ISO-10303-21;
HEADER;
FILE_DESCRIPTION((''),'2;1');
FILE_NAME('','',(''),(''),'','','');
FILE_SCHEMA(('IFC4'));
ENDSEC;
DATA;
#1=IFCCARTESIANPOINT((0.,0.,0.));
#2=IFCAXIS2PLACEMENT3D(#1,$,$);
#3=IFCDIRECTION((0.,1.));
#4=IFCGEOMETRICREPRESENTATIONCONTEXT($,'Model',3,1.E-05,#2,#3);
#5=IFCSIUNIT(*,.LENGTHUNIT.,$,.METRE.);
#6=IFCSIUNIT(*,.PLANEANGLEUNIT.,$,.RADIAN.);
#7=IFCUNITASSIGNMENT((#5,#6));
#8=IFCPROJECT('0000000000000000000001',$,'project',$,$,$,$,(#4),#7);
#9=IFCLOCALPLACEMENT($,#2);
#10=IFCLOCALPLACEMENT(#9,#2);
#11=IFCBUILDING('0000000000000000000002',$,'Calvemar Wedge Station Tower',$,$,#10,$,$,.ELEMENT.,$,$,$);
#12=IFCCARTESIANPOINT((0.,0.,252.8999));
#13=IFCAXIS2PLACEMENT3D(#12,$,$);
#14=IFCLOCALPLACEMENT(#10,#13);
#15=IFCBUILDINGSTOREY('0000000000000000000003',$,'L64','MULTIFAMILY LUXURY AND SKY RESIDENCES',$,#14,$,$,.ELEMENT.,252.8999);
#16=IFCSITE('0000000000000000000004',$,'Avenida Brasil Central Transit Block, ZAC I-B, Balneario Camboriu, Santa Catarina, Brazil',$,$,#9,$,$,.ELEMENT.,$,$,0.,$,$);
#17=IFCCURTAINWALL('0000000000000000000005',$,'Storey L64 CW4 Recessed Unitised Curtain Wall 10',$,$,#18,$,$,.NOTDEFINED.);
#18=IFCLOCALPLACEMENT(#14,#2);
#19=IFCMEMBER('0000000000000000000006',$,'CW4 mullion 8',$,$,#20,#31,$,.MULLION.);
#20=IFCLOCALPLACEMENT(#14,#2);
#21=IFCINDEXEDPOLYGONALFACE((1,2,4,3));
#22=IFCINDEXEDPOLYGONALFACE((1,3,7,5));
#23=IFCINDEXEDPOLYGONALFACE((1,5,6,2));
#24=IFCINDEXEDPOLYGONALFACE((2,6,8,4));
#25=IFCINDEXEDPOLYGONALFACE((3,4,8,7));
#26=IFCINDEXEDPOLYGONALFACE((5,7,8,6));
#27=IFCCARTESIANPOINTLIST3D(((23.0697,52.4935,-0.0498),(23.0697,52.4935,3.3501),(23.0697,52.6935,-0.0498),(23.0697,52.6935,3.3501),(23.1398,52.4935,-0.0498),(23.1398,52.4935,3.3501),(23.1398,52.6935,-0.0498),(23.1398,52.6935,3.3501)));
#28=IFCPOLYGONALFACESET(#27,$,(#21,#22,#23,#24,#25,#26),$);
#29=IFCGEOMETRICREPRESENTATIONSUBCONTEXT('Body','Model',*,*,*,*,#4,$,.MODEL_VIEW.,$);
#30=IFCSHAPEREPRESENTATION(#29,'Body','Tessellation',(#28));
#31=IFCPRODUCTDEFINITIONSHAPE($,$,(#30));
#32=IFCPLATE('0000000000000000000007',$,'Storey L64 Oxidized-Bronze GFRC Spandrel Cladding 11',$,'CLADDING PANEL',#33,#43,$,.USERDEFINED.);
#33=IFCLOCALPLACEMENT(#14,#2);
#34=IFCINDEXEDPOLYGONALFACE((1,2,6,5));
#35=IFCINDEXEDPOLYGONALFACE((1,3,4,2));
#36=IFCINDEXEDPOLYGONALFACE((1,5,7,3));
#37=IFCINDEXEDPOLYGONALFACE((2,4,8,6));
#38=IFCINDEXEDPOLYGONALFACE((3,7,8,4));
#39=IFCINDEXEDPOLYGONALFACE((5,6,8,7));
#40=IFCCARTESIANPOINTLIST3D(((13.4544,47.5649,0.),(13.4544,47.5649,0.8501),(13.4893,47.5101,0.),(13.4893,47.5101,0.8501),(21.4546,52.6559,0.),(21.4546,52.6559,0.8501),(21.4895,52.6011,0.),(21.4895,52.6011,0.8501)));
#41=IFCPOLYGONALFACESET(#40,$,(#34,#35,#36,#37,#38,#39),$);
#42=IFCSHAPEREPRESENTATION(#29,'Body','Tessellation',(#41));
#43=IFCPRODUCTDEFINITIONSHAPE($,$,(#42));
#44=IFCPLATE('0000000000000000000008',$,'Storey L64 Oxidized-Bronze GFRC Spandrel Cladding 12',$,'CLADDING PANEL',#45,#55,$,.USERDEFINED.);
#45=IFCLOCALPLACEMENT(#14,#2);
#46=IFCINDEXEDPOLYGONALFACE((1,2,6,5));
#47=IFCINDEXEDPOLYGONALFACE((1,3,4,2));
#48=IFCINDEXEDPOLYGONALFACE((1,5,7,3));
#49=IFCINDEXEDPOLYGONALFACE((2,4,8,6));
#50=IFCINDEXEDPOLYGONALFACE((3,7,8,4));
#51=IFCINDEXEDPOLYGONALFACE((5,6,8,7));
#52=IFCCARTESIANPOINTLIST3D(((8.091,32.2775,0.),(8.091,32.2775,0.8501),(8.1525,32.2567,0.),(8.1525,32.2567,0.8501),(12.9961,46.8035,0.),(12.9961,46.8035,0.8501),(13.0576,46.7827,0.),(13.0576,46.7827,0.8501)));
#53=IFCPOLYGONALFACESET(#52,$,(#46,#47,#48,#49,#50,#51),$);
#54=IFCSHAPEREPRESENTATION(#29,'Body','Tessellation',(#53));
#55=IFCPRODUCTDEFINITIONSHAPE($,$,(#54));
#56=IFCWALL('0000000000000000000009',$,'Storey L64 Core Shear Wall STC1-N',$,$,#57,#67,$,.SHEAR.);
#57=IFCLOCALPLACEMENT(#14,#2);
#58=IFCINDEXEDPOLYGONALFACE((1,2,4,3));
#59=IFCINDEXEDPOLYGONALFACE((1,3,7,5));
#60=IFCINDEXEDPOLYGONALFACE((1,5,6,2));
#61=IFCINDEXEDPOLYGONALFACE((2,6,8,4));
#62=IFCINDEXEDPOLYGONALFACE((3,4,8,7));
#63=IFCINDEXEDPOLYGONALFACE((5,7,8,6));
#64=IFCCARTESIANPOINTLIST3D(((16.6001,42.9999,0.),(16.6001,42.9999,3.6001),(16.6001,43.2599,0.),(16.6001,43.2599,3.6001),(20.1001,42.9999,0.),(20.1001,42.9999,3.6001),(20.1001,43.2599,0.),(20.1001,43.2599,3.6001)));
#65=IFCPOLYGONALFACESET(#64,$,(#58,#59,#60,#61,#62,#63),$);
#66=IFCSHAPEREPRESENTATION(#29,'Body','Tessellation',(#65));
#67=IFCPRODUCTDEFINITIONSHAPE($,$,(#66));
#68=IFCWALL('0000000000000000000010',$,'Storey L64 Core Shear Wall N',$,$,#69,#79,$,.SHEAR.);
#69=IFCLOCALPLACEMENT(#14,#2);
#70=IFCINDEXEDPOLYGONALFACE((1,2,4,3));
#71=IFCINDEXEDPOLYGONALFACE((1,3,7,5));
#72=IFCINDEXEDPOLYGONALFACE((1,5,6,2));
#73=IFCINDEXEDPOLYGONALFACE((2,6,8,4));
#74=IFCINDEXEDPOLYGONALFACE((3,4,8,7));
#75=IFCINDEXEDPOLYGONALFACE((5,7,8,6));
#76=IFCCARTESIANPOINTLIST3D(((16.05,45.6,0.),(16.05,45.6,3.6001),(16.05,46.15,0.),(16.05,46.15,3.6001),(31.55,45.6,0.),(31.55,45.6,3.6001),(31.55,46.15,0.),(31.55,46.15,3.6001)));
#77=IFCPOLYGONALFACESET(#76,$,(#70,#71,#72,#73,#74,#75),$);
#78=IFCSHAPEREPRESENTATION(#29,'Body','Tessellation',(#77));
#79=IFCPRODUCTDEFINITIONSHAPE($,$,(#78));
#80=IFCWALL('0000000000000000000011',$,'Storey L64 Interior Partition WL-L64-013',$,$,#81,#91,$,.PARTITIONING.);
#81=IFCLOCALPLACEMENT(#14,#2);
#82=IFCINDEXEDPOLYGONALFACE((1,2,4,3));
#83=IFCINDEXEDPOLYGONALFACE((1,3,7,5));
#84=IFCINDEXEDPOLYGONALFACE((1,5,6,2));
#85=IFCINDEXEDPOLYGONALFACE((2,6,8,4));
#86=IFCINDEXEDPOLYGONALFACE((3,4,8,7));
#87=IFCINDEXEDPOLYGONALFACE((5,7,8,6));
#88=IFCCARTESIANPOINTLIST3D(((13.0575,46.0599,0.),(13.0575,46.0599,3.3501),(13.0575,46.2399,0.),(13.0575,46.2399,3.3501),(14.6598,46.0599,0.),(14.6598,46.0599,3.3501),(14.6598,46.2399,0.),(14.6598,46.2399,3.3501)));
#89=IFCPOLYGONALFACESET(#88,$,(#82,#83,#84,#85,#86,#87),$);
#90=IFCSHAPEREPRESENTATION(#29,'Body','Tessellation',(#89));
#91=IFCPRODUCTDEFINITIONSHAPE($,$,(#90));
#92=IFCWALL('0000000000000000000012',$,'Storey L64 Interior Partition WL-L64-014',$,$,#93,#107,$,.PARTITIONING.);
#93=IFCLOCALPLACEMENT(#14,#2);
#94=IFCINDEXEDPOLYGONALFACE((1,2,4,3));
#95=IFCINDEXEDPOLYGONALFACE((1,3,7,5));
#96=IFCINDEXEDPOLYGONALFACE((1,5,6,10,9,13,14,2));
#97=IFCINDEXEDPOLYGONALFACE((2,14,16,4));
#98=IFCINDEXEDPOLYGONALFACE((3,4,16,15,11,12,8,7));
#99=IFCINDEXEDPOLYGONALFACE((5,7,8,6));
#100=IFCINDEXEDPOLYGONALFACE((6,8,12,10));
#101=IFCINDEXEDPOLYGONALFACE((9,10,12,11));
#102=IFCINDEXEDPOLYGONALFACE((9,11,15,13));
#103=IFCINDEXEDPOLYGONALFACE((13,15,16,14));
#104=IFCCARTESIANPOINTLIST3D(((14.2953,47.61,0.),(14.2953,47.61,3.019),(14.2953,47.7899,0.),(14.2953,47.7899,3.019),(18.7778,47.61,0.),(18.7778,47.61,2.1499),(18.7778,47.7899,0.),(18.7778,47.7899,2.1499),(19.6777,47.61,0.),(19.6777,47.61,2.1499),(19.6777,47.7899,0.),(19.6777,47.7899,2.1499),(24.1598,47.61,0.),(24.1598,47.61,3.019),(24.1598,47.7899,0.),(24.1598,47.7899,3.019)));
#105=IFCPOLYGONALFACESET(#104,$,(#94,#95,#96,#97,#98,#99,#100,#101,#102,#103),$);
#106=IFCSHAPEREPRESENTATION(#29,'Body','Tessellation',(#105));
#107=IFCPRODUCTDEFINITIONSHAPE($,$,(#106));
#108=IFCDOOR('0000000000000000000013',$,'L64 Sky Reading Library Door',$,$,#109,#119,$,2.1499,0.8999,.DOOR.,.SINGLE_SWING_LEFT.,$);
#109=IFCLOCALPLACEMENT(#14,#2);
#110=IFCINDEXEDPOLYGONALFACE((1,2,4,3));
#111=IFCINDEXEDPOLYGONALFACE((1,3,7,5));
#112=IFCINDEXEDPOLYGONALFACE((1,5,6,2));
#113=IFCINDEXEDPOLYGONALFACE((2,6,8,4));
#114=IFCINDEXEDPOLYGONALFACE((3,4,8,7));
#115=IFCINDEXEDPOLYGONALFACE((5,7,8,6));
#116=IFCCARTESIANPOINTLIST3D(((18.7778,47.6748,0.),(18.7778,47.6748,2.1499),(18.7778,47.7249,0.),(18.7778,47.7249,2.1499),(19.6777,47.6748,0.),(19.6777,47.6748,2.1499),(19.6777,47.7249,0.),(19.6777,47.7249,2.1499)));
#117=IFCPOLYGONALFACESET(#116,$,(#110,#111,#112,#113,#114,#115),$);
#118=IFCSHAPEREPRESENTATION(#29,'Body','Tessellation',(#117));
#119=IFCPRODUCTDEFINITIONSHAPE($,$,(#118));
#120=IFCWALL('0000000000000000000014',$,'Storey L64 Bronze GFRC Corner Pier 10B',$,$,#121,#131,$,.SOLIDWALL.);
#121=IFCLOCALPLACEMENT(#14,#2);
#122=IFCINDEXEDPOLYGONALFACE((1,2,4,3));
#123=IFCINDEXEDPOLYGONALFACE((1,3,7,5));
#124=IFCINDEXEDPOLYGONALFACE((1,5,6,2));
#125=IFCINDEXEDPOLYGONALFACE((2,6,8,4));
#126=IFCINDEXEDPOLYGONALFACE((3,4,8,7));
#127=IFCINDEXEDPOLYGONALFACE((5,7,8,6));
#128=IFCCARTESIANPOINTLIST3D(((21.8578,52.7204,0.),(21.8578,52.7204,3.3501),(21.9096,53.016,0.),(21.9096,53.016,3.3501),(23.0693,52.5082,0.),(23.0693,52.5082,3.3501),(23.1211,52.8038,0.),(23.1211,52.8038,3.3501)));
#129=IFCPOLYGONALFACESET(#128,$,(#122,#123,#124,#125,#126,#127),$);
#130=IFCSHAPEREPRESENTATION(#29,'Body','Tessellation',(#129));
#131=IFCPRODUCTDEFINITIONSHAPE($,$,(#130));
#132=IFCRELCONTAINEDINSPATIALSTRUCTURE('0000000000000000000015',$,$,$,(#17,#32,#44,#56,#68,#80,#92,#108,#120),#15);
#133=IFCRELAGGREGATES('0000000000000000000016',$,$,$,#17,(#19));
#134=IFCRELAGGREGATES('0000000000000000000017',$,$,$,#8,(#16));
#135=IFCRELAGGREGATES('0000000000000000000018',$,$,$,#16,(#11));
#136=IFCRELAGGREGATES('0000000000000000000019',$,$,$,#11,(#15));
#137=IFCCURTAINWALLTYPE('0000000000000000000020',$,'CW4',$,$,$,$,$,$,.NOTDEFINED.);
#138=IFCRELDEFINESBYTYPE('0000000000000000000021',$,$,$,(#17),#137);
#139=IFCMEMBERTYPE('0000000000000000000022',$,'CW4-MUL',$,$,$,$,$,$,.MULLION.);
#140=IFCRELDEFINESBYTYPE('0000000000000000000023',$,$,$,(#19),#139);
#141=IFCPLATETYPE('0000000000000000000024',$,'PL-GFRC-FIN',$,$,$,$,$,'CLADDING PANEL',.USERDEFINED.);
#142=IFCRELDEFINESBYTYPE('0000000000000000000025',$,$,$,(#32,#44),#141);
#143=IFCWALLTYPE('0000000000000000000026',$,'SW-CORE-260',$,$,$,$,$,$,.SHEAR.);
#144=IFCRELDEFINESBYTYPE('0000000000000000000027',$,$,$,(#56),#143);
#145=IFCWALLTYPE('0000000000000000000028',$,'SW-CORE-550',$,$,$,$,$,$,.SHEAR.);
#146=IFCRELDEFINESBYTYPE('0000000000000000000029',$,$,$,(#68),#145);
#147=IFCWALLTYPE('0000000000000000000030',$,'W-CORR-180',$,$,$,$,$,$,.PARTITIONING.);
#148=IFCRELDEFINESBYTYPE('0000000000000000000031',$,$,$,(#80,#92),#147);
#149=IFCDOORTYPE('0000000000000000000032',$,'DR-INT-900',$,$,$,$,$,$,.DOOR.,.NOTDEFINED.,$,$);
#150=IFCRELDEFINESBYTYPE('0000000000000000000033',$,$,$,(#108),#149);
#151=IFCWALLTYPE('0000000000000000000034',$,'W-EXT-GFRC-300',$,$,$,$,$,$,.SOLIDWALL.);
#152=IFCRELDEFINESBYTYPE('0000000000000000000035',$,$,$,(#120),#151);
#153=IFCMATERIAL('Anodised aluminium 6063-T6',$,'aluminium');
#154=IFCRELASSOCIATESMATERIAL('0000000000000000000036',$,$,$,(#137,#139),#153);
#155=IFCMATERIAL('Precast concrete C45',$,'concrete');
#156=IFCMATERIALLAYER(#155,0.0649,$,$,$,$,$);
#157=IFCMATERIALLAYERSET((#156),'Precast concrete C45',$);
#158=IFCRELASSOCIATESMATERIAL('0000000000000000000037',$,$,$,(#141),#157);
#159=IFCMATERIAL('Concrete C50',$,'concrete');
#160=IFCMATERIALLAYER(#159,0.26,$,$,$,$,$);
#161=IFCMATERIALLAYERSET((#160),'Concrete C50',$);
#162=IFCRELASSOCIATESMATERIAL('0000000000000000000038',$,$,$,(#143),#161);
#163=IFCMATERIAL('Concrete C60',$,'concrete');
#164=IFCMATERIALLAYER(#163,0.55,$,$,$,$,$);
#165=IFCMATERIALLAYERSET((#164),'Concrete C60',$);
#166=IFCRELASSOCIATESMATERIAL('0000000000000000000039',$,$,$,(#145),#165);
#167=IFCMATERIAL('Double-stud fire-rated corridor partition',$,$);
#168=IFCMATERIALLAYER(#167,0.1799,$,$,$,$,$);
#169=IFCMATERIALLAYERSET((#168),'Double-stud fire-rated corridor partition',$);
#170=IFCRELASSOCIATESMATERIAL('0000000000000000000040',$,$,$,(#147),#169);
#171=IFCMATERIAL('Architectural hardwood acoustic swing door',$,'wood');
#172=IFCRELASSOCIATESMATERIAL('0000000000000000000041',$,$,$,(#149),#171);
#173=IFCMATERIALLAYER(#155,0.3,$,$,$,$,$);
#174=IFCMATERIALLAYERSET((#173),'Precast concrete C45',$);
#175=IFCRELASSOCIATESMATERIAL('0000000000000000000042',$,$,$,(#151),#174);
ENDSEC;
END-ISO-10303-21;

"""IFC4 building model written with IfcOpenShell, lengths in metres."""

from ifc_helpers import new_model, si_unit, direction, frame, frame_2d, origin, origin_2d, place, context, subcontext, project, spatial, rectangle, extrude, source, transform, mapped, material, layer, layer_set, material_profile, profile_set, type_object, element, fill, aggregate, save


model = new_model("IFC4")

# Units and contexts
model_context = context("Model", 3, precision=1e-05, world=origin(), true_north=direction((0.0, 1.0)))
body_context = subcontext(model_context, "Body", "Model", "MODEL_VIEW")
ifc_project = project(units=[si_unit("LENGTHUNIT", "METRE"), si_unit("PLANEANGLEUNIT", "RADIAN")], contexts=[model_context])

# Site, building, storey
site_placement = place(None, origin())
site = spatial("IfcSite", under=ifc_project, at=site_placement, Name="Avenida Brasil Central Transit Block, ZAC I-B, Balneario Camboriu, Santa Catarina, Brazil", CompositionType="ELEMENT", RefElevation=0.0)
building_placement = place(site_placement, origin())
building = spatial("IfcBuilding", under=site, at=building_placement, Name="Calvemar Wedge Station Tower", CompositionType="ELEMENT")
storey_placement = place(building_placement, frame((0.0, 0.0, 252.8999)))
storey = spatial("IfcBuildingStorey", under=building, at=storey_placement, Name="L64", Description="MULTIFAMILY LUXURY AND SKY RESIDENCES", CompositionType="ELEMENT", Elevation=252.8999)

# Curtain wall, member
ifc_material_1 = material(Name="Anodised aluminium 6063-T6", Category="aluminium")
curtain_wall_type = type_object("IfcCurtainWallType", Name="CW4", PredefinedType="NOTDEFINED", material=ifc_material_1)
curtain_wall_placement = place(storey_placement, origin())
curtain_wall = element("IfcCurtainWall", 1, at=curtain_wall_placement, inside=storey, type_object=curtain_wall_type, Name="Storey L64 CW4 Recessed Unitised Curtain Wall 10", PredefinedType="NOTDEFINED")
ifc_material_profile = material_profile(ifc_material_1, rectangle(XDim=0.0701, YDim=0.2, at=origin_2d()), Name="AL-MUL-70x200")
ifc_profile_set = profile_set([ifc_material_profile], Name="Anodised aluminium 6063-T6")
member_type = type_object("IfcMemberType", Name="CW4-MUL", PredefinedType="MULLION", material=ifc_profile_set)
shared_shape_1 = source(origin(), body_context, "Body", "SweptSolid", [
    extrude(rectangle(XDim=0.0701, YDim=0.2, at=origin_2d()), origin(), (0.0, 0.0, 1.0), 3.3999),
])
member_placement = place(storey_placement, frame((23.1047, 52.5935, -0.0498), z_axis=(0.0, 0.0, 1.0), x_axis=(1.0, 0.0, 0.0)))
member = element("IfcMember", 2, at=member_placement, type_object=member_type, Name="CW4 mullion 8", PredefinedType="MULLION", context=body_context, shape_type="MappedRepresentation", body=[
    mapped(shared_shape_1, transform((0.0, 0.0, 0.0), scale=1.0)),
])
aggregate(curtain_wall, [member])

# Plates
ifc_material_2 = material(Name="Precast concrete C45", Category="concrete")
ifc_layer_1 = layer(ifc_material_2, 0.0649)
ifc_layer_set_1 = layer_set([ifc_layer_1], Name="Precast concrete C45")
plate_type = type_object("IfcPlateType", Name="PL-GFRC-FIN", ElementType="CLADDING PANEL", PredefinedType="USERDEFINED", material=ifc_layer_set_1)
plate_1_placement = place(storey_placement, frame((21.4719, 52.6284, 0.0), z_axis=(0.0, 0.0, 1.0), x_axis=(-0.843661, -0.536875, 0.0)))
element("IfcPlate", 3, at=plate_1_placement, inside=storey, type_object=plate_type, Name="Storey L64 Oxidized-Bronze GFRC Spandrel Cladding 11", ObjectType="CLADDING PANEL", PredefinedType="USERDEFINED", context=body_context, shape_type="SweptSolid", body=[
    extrude(rectangle(XDim=9.4827, YDim=0.0649, at=frame_2d((4.7412, 0.0))), origin(), (0.0, 0.0, 1.0), 0.8501),
])
plate_2_placement = place(storey_placement, frame((13.0269, 46.7932, 0.0), z_axis=(0.0, 0.0, 1.0), x_axis=(-0.319928, -0.947442, 0.0)))
element("IfcPlate", 4, at=plate_2_placement, inside=storey, type_object=plate_type, Name="Storey L64 Oxidized-Bronze GFRC Spandrel Cladding 12", ObjectType="CLADDING PANEL", PredefinedType="USERDEFINED", context=body_context, shape_type="SweptSolid", body=[
    extrude(rectangle(XDim=15.3318, YDim=0.0649, at=frame_2d((7.666, 0.0))), origin(), (0.0, 0.0, 1.0), 0.8501),
])

# Walls
ifc_material_3 = material(Name="Concrete C50", Category="concrete")
ifc_layer_2 = layer(ifc_material_3, 0.26)
ifc_layer_set_2 = layer_set([ifc_layer_2], Name="Concrete C50")
wall_type_1 = type_object("IfcWallType", Name="SW-CORE-260", PredefinedType="SHEAR", material=ifc_layer_set_2)
wall_1_placement = place(storey_placement, frame((16.6001, 43.1299, 0.0), z_axis=(0.0, 0.0, 1.0), x_axis=(1.0, 0.0, 0.0)))
element("IfcWall", 5, at=wall_1_placement, inside=storey, type_object=wall_type_1, Name="Storey L64 Core Shear Wall STC1-N", PredefinedType="SHEAR", context=body_context, shape_type="SweptSolid", body=[
    extrude(rectangle(XDim=3.5, YDim=0.26, at=frame_2d((1.75, 0.0))), origin(), (0.0, 0.0, 1.0), 3.6001),
])
ifc_material_4 = material(Name="Concrete C60", Category="concrete")
ifc_layer_3 = layer(ifc_material_4, 0.55)
ifc_layer_set_3 = layer_set([ifc_layer_3], Name="Concrete C60")
wall_type_2 = type_object("IfcWallType", Name="SW-CORE-550", PredefinedType="SHEAR", material=ifc_layer_set_3)
wall_2_placement = place(storey_placement, frame((16.05, 45.875, 0.0), z_axis=(0.0, 0.0, 1.0), x_axis=(1.0, 0.0, 0.0)))
element("IfcWall", 6, at=wall_2_placement, inside=storey, type_object=wall_type_2, Name="Storey L64 Core Shear Wall N", PredefinedType="SHEAR", context=body_context, shape_type="SweptSolid", body=[
    extrude(rectangle(XDim=15.5, YDim=0.55, at=frame_2d((7.75, 0.0))), origin(), (0.0, 0.0, 1.0), 3.6001),
])
ifc_material_5 = material(Name="Double-stud fire-rated corridor partition")
ifc_layer_4 = layer(ifc_material_5, 0.1799)
ifc_layer_set_4 = layer_set([ifc_layer_4], Name="Double-stud fire-rated corridor partition")
wall_type_3 = type_object("IfcWallType", Name="W-CORR-180", PredefinedType="PARTITIONING", material=ifc_layer_set_4)
wall_3_placement = place(storey_placement, frame((14.6599, 46.1499, 0.0), z_axis=(0.0, 0.0, 1.0), x_axis=(-1.0, 0.0, 0.0)))
element("IfcWall", 7, at=wall_3_placement, inside=storey, type_object=wall_type_3, Name="Storey L64 Interior Partition WL-L64-013", PredefinedType="PARTITIONING", context=body_context, shape_type="SweptSolid", body=[
    extrude(rectangle(XDim=1.6023, YDim=0.1799, at=frame_2d((0.8013, 0.0))), origin(), (0.0, 0.0, 1.0), 3.3501),
])

# Wall, opening, door
wall_4_placement = place(storey_placement, frame((14.2954, 47.7, 0.0), z_axis=(0.0, 0.0, 1.0), x_axis=(1.0, 0.0, 0.0)))
wall_4 = element("IfcWall", 8, at=wall_4_placement, inside=storey, type_object=wall_type_3, Name="Storey L64 Interior Partition WL-L64-014", PredefinedType="PARTITIONING", context=body_context, shape_type="SweptSolid", body=[
    extrude(rectangle(XDim=9.8645, YDim=0.1799, at=frame_2d((4.9321, 0.0))), origin(), (0.0, 0.0, 1.0), 3.019),
])
shared_shape_2 = source(origin(), body_context, "Body", "SweptSolid", [
    extrude(rectangle(XDim=0.8999, YDim=2.1499, at=frame_2d((0.45, 1.075))), frame((0.0, 0.1001, 0.0), z_axis=(0.0, -1.0, 0.0), x_axis=(1.0, 0.0, 0.0)), (0.0, 0.0, 1.0), 0.2),
])
opening_1_placement = place(wall_4_placement, frame((4.4824, 0.0, 0.0)))
opening_1 = element("IfcOpeningElement", 9, at=opening_1_placement, cuts=wall_4, PredefinedType="OPENING", context=body_context, shape_type="MappedRepresentation", body=[
    mapped(shared_shape_2, transform((0.0, 0.0, 0.0), scale=1.0)),
])
ifc_material_6 = material(Name="Architectural hardwood acoustic swing door", Category="wood")
door_type = type_object("IfcDoorType", Name="DR-INT-900", OperationType="NOTDEFINED", PredefinedType="DOOR", material=ifc_material_6)
shared_shape_3 = source(origin(), body_context, "Body", "SweptSolid", [
    extrude(rectangle(XDim=0.8999, YDim=2.1499, at=frame_2d((0.45, 1.075))), frame((0.0, 0.0249, 0.0), z_axis=(0.0, -1.0, 0.0), x_axis=(1.0, 0.0, 0.0)), (0.0, 0.0, 1.0), 0.05),
])
door_placement = place(opening_1_placement, origin())
door = element("IfcDoor", 10, at=door_placement, inside=storey, type_object=door_type, Name="L64 Sky Reading Library Door", OperationType="SINGLE_SWING_LEFT", OverallHeight=2.1499, OverallWidth=0.8999, PredefinedType="DOOR", context=body_context, shape_type="MappedRepresentation", body=[
    mapped(shared_shape_3, transform((0.0, 0.0, 0.0), scale=1.0)),
])
fill(opening_1, door)

# Wall
ifc_layer_5 = layer(ifc_material_2, 0.3)
ifc_layer_set_5 = layer_set([ifc_layer_5], Name="Precast concrete C45")
wall_type_4 = type_object("IfcWallType", Name="W-EXT-GFRC-300", PredefinedType="SOLIDWALL", material=ifc_layer_set_5)
wall_5_placement = place(storey_placement, frame((23.0952, 52.656, 0.0), z_axis=(0.0, 0.0, 1.0), x_axis=(-0.985009, 0.172506, 0.0)))
element("IfcWall", 11, at=wall_5_placement, inside=storey, type_object=wall_type_4, Name="Storey L64 Bronze GFRC Corner Pier 10B", PredefinedType="SOLIDWALL", context=body_context, shape_type="SweptSolid", body=[
    extrude(rectangle(XDim=1.23, YDim=0.3, at=frame_2d((0.615, 0.0))), origin(), (0.0, 0.0, 1.0), 3.3501),
])

save(model, "model.ifc")
